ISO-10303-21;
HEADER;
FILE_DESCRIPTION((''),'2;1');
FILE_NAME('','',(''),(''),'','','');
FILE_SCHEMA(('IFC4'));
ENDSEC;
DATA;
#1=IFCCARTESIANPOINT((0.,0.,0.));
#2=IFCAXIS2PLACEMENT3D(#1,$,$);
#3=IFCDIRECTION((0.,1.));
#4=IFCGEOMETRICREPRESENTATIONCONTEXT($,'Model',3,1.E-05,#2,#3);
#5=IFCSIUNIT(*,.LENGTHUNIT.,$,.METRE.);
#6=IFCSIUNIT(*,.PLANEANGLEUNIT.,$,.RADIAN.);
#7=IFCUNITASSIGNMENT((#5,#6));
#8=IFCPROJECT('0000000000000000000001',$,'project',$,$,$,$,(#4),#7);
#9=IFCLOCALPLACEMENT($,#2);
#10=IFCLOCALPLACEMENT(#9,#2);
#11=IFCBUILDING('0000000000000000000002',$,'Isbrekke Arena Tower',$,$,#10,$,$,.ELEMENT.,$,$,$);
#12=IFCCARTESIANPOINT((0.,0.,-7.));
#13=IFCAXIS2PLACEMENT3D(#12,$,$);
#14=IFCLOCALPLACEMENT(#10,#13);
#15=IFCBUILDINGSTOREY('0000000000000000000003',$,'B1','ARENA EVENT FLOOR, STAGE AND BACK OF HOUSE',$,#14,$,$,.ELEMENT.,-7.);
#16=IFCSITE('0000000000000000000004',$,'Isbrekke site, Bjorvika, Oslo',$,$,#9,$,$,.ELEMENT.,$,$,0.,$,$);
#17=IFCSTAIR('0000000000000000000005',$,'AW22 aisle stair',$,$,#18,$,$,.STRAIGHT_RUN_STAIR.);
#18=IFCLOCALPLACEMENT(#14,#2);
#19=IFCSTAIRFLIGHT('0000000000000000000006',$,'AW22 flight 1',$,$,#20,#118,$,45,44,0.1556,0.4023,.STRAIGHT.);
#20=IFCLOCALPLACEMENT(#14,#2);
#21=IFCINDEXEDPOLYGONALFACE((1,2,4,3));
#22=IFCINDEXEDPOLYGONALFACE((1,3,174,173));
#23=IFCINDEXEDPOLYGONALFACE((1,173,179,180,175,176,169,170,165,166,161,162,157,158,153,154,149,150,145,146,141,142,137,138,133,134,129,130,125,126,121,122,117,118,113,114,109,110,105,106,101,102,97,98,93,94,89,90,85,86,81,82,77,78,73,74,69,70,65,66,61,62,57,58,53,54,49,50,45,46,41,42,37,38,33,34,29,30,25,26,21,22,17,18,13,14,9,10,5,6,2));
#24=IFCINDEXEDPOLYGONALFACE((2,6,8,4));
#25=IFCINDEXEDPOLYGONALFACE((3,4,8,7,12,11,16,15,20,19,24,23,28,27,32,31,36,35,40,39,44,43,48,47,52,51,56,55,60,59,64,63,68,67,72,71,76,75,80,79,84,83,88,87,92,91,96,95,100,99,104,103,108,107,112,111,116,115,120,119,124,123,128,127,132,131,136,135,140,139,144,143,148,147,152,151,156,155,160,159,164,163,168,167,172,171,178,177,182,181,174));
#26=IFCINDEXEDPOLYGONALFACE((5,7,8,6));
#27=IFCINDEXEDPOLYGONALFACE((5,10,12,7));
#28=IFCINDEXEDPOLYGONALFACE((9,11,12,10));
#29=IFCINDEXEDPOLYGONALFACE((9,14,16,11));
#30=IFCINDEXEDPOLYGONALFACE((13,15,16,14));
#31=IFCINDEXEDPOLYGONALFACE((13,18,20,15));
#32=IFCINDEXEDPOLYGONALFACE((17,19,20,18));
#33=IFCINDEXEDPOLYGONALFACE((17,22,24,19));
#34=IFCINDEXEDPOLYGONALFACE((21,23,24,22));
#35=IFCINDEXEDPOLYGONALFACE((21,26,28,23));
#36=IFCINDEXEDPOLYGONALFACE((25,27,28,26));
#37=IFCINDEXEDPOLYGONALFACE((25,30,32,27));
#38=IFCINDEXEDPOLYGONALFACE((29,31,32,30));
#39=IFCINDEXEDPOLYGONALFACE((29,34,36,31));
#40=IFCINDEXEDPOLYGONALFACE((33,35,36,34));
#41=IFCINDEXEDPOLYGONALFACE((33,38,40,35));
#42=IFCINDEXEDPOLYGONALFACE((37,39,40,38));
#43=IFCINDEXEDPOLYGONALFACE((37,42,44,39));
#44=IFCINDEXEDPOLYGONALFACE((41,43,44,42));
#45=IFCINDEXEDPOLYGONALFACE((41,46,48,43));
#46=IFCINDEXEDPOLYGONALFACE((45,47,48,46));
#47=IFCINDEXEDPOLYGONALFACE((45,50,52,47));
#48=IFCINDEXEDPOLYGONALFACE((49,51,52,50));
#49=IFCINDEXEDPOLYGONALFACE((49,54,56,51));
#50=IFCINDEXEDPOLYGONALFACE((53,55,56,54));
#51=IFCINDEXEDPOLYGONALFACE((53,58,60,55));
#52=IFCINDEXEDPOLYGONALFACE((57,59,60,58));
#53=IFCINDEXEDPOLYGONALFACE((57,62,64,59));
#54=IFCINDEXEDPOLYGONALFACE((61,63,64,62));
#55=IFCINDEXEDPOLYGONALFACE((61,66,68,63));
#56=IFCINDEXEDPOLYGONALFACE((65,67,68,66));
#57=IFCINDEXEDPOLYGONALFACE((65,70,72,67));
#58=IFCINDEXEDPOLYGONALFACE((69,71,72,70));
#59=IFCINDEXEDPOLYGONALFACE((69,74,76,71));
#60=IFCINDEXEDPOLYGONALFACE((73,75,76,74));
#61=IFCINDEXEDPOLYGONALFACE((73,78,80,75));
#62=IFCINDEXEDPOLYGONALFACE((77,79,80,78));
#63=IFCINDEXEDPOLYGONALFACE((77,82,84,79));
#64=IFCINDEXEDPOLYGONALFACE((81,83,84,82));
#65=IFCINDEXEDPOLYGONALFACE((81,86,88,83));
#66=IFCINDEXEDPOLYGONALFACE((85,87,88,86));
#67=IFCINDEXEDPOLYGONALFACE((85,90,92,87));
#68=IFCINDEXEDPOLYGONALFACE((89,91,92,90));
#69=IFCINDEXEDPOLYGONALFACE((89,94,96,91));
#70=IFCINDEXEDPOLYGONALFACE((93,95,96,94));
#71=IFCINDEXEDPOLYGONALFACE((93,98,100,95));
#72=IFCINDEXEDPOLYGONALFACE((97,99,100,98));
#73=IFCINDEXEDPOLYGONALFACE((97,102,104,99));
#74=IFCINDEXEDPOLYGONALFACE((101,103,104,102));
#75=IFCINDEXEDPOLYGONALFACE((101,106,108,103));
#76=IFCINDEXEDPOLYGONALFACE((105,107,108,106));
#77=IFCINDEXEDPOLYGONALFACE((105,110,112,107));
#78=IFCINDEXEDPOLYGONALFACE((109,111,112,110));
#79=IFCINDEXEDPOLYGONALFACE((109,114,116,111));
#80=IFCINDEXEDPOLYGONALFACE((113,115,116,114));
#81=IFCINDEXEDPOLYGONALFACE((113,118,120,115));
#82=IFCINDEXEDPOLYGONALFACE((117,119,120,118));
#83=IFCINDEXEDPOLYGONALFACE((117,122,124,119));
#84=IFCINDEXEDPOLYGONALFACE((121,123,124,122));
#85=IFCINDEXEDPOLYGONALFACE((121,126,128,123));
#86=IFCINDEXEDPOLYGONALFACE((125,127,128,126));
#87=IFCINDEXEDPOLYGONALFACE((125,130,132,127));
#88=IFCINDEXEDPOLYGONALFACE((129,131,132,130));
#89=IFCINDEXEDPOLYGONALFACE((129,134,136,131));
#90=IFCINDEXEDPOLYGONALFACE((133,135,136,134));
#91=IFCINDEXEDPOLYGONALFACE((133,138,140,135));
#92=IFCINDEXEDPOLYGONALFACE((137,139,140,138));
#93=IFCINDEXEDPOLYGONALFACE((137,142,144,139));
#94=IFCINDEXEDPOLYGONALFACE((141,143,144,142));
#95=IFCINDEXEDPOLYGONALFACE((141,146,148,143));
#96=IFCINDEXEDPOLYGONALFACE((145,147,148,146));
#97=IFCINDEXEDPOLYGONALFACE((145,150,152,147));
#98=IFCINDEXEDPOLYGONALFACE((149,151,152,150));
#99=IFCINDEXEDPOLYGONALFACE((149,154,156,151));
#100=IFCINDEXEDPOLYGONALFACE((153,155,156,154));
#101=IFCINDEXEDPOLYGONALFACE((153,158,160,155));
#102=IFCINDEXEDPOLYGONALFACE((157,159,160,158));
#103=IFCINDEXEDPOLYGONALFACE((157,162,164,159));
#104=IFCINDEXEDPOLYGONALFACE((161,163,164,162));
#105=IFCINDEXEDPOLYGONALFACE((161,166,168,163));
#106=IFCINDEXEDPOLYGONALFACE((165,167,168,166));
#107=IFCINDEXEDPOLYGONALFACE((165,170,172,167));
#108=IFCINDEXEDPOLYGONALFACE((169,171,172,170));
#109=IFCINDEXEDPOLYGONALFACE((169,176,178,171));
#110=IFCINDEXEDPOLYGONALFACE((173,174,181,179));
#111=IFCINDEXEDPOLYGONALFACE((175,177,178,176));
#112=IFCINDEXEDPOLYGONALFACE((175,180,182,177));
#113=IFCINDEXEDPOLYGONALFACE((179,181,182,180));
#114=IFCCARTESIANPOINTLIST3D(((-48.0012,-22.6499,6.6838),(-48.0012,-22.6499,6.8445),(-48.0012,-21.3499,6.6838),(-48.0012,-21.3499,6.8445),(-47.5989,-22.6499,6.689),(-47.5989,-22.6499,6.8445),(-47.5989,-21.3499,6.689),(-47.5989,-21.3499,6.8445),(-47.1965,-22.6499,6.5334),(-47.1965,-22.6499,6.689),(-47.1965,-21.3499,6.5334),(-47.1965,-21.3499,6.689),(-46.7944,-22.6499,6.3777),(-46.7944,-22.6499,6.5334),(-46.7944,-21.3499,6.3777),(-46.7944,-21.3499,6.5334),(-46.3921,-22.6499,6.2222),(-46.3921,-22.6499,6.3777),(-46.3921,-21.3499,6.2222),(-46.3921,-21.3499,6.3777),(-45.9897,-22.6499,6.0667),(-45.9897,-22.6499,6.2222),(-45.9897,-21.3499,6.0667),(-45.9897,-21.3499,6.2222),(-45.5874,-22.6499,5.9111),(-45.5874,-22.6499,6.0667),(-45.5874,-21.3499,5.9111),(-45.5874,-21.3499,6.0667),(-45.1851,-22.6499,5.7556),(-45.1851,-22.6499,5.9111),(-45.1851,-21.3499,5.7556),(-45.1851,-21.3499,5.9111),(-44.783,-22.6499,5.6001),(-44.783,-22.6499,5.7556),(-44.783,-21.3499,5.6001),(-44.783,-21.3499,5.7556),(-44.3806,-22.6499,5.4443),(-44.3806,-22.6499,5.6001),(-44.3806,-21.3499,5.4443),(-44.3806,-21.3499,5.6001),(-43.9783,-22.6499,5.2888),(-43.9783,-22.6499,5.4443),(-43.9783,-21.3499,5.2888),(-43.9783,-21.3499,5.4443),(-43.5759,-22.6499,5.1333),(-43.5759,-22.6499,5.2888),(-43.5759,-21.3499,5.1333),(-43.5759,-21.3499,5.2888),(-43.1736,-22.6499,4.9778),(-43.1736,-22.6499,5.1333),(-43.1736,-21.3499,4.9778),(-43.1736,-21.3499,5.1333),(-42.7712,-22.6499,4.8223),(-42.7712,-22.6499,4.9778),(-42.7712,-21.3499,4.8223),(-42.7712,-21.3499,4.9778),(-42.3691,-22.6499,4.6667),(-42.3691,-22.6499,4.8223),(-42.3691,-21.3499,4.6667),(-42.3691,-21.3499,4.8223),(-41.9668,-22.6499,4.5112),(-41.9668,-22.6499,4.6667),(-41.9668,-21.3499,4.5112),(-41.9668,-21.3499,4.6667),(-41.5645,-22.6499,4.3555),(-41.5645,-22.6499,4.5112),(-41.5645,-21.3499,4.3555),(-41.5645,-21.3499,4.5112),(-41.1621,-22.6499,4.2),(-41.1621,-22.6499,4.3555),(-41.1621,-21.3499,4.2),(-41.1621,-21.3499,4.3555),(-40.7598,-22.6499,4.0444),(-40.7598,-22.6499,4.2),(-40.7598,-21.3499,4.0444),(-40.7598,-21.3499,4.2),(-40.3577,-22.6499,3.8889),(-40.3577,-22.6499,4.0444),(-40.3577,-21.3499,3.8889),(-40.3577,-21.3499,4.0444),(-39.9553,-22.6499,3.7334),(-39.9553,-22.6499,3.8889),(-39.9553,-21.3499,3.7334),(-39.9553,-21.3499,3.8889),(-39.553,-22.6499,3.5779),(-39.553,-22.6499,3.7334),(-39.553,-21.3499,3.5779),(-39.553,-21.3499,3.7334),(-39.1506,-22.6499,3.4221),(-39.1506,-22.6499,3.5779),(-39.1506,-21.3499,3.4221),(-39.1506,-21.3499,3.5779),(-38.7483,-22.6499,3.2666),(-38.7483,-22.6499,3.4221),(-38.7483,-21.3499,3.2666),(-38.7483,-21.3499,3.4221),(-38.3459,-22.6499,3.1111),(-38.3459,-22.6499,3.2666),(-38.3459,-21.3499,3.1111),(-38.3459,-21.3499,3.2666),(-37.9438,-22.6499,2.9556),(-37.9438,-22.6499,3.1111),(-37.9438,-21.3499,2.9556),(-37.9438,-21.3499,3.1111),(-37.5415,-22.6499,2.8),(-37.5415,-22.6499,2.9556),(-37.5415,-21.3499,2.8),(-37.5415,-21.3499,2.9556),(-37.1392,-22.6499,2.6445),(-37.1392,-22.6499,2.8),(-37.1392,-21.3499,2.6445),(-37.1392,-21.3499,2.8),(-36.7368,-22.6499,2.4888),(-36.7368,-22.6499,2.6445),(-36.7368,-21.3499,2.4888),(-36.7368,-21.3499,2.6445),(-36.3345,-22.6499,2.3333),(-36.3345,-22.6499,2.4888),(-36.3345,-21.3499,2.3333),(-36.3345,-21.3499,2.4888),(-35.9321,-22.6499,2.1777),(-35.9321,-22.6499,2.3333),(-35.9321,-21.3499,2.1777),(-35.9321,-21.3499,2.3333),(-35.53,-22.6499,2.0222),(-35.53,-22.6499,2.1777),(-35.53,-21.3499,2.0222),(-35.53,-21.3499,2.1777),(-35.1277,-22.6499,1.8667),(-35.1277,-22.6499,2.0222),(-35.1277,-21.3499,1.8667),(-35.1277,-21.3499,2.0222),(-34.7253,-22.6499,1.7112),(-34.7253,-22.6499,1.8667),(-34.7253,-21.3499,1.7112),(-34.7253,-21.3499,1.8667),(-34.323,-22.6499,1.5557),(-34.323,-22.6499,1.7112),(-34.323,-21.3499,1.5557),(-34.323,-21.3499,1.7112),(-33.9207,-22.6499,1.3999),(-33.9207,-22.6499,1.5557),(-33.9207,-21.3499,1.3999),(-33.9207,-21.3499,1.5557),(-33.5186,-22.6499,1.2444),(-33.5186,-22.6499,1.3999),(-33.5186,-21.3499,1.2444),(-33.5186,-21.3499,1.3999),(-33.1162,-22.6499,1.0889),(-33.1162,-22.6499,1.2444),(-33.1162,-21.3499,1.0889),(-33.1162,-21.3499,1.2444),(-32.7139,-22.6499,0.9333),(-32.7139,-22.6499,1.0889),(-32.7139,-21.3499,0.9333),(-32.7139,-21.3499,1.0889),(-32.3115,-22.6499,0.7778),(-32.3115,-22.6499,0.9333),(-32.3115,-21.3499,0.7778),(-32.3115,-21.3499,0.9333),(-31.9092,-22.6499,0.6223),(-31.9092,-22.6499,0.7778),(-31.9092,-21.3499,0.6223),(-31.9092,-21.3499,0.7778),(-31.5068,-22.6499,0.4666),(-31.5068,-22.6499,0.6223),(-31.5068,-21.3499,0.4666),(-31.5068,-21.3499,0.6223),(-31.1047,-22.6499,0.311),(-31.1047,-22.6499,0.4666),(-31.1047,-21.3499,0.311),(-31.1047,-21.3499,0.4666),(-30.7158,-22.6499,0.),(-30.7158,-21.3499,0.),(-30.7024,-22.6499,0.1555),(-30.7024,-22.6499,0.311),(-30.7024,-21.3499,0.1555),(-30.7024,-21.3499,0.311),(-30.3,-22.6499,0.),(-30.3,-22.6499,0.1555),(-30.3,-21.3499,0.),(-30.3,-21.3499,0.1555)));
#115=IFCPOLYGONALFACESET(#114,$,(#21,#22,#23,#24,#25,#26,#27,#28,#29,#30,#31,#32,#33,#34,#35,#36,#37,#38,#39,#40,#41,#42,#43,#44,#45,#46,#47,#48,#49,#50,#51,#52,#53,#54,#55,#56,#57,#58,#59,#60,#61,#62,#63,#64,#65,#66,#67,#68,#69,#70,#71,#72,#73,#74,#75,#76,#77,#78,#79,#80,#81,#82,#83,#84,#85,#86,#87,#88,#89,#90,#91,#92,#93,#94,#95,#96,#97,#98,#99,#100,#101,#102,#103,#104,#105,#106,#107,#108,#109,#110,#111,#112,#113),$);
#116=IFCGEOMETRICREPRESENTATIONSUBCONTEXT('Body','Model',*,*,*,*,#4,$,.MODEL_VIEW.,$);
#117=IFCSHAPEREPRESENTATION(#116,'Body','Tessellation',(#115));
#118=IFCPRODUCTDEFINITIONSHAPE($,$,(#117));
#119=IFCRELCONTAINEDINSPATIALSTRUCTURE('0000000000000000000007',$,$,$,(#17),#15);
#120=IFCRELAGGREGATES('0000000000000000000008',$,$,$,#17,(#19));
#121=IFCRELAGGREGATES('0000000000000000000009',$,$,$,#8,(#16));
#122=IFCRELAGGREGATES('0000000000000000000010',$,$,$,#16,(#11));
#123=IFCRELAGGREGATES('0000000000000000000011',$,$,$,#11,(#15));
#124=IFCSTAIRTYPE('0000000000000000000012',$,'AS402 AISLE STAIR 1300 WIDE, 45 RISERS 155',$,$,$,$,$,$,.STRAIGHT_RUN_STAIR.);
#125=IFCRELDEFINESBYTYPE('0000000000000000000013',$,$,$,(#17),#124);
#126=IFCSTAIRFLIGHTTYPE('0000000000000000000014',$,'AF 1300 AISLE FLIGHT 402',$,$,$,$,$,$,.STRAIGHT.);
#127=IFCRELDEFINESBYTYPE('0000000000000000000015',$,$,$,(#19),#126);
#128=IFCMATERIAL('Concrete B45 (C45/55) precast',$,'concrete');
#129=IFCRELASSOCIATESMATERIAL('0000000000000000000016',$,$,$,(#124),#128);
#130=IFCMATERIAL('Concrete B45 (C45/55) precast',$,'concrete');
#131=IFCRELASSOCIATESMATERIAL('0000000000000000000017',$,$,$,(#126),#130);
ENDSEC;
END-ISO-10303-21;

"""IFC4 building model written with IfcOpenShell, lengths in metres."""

from ifc_helpers import new_model, si_unit, direction, frame, origin, place, context, subcontext, project, spatial, polyline, outline, extrude, material, type_object, element, aggregate, save


model = new_model("IFC4")

# Units and contexts
model_context = context("Model", 3, precision=1e-05, world=origin(), true_north=direction((0.0, 1.0)))
body_context = subcontext(model_context, "Body", "Model", "MODEL_VIEW")
ifc_project = project(units=[si_unit("LENGTHUNIT", "METRE"), si_unit("PLANEANGLEUNIT", "RADIAN")], contexts=[model_context])

# Site, building, storey
site_placement = place(None, origin())
site = spatial("IfcSite", under=ifc_project, at=site_placement, Name="Isbrekke site, Bjorvika, Oslo", CompositionType="ELEMENT", RefElevation=0.0)
building_placement = place(site_placement, origin())
building = spatial("IfcBuilding", under=site, at=building_placement, Name="Isbrekke Arena Tower", CompositionType="ELEMENT")
storey_placement = place(building_placement, frame((0.0, 0.0, -7.0)))
storey = spatial("IfcBuildingStorey", under=building, at=storey_placement, Name="B1", Description="ARENA EVENT FLOOR, STAGE AND BACK OF HOUSE", CompositionType="ELEMENT", Elevation=-7.0)

# Stair, stair flight
ifc_material_1 = material(Name="Concrete B45 (C45/55) precast", Category="concrete")
stair_type = type_object("IfcStairType", Name="AS402 AISLE STAIR 1300 WIDE, 45 RISERS 155", PredefinedType="STRAIGHT_RUN_STAIR", material=ifc_material_1)
ifc_material_2 = material(Name="Concrete B45 (C45/55) precast", Category="concrete")
stair_flight_type = type_object("IfcStairFlightType", Name="AF 1300 AISLE FLIGHT 402", PredefinedType="STRAIGHT", material=ifc_material_2)
stair_1_placement = place(storey_placement, origin())
stair_1 = element("IfcStair", 1, at=stair_1_placement, inside=storey, type_object=stair_type, Name="AW22 aisle stair", PredefinedType="STRAIGHT_RUN_STAIR")
stair_flight_1_placement = place(storey_placement, frame((-30.3, -22.0, 0.0), z_axis=(0.0, 0.0, 1.0), x_axis=(-1.0, 0.0, 0.0)))
stair_flight_1 = element("IfcStairFlight", 2, at=stair_flight_1_placement, type_object=stair_flight_type, Name="AW22 flight 1", NumberOfRisers=45, NumberOfTreads=44, PredefinedType="STRAIGHT", RiserHeight=0.1556, TreadLength=0.4023, context=body_context, shape_type="SweptSolid", body=[
    extrude(outline(polyline([(0.0, 0.0), (0.0, 0.1555), (0.4023, 0.1555), (0.4023, 0.311), (0.8047, 0.311), (0.8047, 0.4666), (1.2068, 0.4666), (1.2068, 0.6223), (1.6091, 0.6223), (1.6091, 0.7778), (2.0115, 0.7778), (2.0115, 0.9333), (2.4138, 0.9333), (2.4138, 1.0889), (2.8162, 1.0889), (2.8162, 1.2444), (3.2185, 1.2444), (3.2185, 1.3999), (3.6206, 1.3999), (3.6206, 1.5557), (4.0229, 1.5557), (4.0229, 1.7112), (4.4253, 1.7112), (4.4253, 1.8667), (4.8276, 1.8667), (4.8276, 2.0222), (5.23, 2.0222), (5.23, 2.1777), (5.6321, 2.1777), (5.6321, 2.3333), (6.0344, 2.3333), (6.0344, 2.4888), (6.4368, 2.4888), (6.4368, 2.6445), (6.8391, 2.6445), (6.8391, 2.8), (7.2415, 2.8), (7.2415, 2.9556), (7.6438, 2.9556), (7.6438, 3.1111), (8.0459, 3.1111), (8.0459, 3.2666), (8.4482, 3.2666), (8.4482, 3.4221), (8.8506, 3.4221), (8.8506, 3.5779), (9.2529, 3.5779), (9.2529, 3.7334), (9.6553, 3.7334), (9.6553, 3.8889), (10.0576, 3.8889), (10.0576, 4.0444), (10.4597, 4.0444), (10.4597, 4.2), (10.8621, 4.2), (10.8621, 4.3555), (11.2644, 4.3555), (11.2644, 4.5112), (11.6667, 4.5112), (11.6667, 4.6667), (12.0691, 4.6667), (12.0691, 4.8223), (12.4712, 4.8223), (12.4712, 4.9778), (12.8735, 4.9778), (12.8735, 5.1333), (13.2759, 5.1333), (13.2759, 5.2888), (13.6782, 5.2888), (13.6782, 5.4443), (14.0806, 5.4443), (14.0806, 5.6001), (14.4829, 5.6001), (14.4829, 5.7556), (14.885, 5.7556), (14.885, 5.9111), (15.2874, 5.9111), (15.2874, 6.0667), (15.6897, 6.0667), (15.6897, 6.2222), (16.092, 6.2222), (16.092, 6.3777), (16.4944, 6.3777), (16.4944, 6.5334), (16.8965, 6.5334), (16.8965, 6.689), (17.2988, 6.689), (17.2988, 6.8445), (17.7012, 6.8445), (17.7012, 7.0), (17.7012, 6.6838), (0.4158, 0.0), (0.0, 0.0)])), frame((0.0, 0.6499, 0.0), z_axis=(0.0, -1.0, 0.0), x_axis=(1.0, 0.0, 0.0)), (0.0, 0.0, 1.0), 1.3),
])
aggregate(stair_1, [stair_flight_1])

save(model, "model.ifc")
